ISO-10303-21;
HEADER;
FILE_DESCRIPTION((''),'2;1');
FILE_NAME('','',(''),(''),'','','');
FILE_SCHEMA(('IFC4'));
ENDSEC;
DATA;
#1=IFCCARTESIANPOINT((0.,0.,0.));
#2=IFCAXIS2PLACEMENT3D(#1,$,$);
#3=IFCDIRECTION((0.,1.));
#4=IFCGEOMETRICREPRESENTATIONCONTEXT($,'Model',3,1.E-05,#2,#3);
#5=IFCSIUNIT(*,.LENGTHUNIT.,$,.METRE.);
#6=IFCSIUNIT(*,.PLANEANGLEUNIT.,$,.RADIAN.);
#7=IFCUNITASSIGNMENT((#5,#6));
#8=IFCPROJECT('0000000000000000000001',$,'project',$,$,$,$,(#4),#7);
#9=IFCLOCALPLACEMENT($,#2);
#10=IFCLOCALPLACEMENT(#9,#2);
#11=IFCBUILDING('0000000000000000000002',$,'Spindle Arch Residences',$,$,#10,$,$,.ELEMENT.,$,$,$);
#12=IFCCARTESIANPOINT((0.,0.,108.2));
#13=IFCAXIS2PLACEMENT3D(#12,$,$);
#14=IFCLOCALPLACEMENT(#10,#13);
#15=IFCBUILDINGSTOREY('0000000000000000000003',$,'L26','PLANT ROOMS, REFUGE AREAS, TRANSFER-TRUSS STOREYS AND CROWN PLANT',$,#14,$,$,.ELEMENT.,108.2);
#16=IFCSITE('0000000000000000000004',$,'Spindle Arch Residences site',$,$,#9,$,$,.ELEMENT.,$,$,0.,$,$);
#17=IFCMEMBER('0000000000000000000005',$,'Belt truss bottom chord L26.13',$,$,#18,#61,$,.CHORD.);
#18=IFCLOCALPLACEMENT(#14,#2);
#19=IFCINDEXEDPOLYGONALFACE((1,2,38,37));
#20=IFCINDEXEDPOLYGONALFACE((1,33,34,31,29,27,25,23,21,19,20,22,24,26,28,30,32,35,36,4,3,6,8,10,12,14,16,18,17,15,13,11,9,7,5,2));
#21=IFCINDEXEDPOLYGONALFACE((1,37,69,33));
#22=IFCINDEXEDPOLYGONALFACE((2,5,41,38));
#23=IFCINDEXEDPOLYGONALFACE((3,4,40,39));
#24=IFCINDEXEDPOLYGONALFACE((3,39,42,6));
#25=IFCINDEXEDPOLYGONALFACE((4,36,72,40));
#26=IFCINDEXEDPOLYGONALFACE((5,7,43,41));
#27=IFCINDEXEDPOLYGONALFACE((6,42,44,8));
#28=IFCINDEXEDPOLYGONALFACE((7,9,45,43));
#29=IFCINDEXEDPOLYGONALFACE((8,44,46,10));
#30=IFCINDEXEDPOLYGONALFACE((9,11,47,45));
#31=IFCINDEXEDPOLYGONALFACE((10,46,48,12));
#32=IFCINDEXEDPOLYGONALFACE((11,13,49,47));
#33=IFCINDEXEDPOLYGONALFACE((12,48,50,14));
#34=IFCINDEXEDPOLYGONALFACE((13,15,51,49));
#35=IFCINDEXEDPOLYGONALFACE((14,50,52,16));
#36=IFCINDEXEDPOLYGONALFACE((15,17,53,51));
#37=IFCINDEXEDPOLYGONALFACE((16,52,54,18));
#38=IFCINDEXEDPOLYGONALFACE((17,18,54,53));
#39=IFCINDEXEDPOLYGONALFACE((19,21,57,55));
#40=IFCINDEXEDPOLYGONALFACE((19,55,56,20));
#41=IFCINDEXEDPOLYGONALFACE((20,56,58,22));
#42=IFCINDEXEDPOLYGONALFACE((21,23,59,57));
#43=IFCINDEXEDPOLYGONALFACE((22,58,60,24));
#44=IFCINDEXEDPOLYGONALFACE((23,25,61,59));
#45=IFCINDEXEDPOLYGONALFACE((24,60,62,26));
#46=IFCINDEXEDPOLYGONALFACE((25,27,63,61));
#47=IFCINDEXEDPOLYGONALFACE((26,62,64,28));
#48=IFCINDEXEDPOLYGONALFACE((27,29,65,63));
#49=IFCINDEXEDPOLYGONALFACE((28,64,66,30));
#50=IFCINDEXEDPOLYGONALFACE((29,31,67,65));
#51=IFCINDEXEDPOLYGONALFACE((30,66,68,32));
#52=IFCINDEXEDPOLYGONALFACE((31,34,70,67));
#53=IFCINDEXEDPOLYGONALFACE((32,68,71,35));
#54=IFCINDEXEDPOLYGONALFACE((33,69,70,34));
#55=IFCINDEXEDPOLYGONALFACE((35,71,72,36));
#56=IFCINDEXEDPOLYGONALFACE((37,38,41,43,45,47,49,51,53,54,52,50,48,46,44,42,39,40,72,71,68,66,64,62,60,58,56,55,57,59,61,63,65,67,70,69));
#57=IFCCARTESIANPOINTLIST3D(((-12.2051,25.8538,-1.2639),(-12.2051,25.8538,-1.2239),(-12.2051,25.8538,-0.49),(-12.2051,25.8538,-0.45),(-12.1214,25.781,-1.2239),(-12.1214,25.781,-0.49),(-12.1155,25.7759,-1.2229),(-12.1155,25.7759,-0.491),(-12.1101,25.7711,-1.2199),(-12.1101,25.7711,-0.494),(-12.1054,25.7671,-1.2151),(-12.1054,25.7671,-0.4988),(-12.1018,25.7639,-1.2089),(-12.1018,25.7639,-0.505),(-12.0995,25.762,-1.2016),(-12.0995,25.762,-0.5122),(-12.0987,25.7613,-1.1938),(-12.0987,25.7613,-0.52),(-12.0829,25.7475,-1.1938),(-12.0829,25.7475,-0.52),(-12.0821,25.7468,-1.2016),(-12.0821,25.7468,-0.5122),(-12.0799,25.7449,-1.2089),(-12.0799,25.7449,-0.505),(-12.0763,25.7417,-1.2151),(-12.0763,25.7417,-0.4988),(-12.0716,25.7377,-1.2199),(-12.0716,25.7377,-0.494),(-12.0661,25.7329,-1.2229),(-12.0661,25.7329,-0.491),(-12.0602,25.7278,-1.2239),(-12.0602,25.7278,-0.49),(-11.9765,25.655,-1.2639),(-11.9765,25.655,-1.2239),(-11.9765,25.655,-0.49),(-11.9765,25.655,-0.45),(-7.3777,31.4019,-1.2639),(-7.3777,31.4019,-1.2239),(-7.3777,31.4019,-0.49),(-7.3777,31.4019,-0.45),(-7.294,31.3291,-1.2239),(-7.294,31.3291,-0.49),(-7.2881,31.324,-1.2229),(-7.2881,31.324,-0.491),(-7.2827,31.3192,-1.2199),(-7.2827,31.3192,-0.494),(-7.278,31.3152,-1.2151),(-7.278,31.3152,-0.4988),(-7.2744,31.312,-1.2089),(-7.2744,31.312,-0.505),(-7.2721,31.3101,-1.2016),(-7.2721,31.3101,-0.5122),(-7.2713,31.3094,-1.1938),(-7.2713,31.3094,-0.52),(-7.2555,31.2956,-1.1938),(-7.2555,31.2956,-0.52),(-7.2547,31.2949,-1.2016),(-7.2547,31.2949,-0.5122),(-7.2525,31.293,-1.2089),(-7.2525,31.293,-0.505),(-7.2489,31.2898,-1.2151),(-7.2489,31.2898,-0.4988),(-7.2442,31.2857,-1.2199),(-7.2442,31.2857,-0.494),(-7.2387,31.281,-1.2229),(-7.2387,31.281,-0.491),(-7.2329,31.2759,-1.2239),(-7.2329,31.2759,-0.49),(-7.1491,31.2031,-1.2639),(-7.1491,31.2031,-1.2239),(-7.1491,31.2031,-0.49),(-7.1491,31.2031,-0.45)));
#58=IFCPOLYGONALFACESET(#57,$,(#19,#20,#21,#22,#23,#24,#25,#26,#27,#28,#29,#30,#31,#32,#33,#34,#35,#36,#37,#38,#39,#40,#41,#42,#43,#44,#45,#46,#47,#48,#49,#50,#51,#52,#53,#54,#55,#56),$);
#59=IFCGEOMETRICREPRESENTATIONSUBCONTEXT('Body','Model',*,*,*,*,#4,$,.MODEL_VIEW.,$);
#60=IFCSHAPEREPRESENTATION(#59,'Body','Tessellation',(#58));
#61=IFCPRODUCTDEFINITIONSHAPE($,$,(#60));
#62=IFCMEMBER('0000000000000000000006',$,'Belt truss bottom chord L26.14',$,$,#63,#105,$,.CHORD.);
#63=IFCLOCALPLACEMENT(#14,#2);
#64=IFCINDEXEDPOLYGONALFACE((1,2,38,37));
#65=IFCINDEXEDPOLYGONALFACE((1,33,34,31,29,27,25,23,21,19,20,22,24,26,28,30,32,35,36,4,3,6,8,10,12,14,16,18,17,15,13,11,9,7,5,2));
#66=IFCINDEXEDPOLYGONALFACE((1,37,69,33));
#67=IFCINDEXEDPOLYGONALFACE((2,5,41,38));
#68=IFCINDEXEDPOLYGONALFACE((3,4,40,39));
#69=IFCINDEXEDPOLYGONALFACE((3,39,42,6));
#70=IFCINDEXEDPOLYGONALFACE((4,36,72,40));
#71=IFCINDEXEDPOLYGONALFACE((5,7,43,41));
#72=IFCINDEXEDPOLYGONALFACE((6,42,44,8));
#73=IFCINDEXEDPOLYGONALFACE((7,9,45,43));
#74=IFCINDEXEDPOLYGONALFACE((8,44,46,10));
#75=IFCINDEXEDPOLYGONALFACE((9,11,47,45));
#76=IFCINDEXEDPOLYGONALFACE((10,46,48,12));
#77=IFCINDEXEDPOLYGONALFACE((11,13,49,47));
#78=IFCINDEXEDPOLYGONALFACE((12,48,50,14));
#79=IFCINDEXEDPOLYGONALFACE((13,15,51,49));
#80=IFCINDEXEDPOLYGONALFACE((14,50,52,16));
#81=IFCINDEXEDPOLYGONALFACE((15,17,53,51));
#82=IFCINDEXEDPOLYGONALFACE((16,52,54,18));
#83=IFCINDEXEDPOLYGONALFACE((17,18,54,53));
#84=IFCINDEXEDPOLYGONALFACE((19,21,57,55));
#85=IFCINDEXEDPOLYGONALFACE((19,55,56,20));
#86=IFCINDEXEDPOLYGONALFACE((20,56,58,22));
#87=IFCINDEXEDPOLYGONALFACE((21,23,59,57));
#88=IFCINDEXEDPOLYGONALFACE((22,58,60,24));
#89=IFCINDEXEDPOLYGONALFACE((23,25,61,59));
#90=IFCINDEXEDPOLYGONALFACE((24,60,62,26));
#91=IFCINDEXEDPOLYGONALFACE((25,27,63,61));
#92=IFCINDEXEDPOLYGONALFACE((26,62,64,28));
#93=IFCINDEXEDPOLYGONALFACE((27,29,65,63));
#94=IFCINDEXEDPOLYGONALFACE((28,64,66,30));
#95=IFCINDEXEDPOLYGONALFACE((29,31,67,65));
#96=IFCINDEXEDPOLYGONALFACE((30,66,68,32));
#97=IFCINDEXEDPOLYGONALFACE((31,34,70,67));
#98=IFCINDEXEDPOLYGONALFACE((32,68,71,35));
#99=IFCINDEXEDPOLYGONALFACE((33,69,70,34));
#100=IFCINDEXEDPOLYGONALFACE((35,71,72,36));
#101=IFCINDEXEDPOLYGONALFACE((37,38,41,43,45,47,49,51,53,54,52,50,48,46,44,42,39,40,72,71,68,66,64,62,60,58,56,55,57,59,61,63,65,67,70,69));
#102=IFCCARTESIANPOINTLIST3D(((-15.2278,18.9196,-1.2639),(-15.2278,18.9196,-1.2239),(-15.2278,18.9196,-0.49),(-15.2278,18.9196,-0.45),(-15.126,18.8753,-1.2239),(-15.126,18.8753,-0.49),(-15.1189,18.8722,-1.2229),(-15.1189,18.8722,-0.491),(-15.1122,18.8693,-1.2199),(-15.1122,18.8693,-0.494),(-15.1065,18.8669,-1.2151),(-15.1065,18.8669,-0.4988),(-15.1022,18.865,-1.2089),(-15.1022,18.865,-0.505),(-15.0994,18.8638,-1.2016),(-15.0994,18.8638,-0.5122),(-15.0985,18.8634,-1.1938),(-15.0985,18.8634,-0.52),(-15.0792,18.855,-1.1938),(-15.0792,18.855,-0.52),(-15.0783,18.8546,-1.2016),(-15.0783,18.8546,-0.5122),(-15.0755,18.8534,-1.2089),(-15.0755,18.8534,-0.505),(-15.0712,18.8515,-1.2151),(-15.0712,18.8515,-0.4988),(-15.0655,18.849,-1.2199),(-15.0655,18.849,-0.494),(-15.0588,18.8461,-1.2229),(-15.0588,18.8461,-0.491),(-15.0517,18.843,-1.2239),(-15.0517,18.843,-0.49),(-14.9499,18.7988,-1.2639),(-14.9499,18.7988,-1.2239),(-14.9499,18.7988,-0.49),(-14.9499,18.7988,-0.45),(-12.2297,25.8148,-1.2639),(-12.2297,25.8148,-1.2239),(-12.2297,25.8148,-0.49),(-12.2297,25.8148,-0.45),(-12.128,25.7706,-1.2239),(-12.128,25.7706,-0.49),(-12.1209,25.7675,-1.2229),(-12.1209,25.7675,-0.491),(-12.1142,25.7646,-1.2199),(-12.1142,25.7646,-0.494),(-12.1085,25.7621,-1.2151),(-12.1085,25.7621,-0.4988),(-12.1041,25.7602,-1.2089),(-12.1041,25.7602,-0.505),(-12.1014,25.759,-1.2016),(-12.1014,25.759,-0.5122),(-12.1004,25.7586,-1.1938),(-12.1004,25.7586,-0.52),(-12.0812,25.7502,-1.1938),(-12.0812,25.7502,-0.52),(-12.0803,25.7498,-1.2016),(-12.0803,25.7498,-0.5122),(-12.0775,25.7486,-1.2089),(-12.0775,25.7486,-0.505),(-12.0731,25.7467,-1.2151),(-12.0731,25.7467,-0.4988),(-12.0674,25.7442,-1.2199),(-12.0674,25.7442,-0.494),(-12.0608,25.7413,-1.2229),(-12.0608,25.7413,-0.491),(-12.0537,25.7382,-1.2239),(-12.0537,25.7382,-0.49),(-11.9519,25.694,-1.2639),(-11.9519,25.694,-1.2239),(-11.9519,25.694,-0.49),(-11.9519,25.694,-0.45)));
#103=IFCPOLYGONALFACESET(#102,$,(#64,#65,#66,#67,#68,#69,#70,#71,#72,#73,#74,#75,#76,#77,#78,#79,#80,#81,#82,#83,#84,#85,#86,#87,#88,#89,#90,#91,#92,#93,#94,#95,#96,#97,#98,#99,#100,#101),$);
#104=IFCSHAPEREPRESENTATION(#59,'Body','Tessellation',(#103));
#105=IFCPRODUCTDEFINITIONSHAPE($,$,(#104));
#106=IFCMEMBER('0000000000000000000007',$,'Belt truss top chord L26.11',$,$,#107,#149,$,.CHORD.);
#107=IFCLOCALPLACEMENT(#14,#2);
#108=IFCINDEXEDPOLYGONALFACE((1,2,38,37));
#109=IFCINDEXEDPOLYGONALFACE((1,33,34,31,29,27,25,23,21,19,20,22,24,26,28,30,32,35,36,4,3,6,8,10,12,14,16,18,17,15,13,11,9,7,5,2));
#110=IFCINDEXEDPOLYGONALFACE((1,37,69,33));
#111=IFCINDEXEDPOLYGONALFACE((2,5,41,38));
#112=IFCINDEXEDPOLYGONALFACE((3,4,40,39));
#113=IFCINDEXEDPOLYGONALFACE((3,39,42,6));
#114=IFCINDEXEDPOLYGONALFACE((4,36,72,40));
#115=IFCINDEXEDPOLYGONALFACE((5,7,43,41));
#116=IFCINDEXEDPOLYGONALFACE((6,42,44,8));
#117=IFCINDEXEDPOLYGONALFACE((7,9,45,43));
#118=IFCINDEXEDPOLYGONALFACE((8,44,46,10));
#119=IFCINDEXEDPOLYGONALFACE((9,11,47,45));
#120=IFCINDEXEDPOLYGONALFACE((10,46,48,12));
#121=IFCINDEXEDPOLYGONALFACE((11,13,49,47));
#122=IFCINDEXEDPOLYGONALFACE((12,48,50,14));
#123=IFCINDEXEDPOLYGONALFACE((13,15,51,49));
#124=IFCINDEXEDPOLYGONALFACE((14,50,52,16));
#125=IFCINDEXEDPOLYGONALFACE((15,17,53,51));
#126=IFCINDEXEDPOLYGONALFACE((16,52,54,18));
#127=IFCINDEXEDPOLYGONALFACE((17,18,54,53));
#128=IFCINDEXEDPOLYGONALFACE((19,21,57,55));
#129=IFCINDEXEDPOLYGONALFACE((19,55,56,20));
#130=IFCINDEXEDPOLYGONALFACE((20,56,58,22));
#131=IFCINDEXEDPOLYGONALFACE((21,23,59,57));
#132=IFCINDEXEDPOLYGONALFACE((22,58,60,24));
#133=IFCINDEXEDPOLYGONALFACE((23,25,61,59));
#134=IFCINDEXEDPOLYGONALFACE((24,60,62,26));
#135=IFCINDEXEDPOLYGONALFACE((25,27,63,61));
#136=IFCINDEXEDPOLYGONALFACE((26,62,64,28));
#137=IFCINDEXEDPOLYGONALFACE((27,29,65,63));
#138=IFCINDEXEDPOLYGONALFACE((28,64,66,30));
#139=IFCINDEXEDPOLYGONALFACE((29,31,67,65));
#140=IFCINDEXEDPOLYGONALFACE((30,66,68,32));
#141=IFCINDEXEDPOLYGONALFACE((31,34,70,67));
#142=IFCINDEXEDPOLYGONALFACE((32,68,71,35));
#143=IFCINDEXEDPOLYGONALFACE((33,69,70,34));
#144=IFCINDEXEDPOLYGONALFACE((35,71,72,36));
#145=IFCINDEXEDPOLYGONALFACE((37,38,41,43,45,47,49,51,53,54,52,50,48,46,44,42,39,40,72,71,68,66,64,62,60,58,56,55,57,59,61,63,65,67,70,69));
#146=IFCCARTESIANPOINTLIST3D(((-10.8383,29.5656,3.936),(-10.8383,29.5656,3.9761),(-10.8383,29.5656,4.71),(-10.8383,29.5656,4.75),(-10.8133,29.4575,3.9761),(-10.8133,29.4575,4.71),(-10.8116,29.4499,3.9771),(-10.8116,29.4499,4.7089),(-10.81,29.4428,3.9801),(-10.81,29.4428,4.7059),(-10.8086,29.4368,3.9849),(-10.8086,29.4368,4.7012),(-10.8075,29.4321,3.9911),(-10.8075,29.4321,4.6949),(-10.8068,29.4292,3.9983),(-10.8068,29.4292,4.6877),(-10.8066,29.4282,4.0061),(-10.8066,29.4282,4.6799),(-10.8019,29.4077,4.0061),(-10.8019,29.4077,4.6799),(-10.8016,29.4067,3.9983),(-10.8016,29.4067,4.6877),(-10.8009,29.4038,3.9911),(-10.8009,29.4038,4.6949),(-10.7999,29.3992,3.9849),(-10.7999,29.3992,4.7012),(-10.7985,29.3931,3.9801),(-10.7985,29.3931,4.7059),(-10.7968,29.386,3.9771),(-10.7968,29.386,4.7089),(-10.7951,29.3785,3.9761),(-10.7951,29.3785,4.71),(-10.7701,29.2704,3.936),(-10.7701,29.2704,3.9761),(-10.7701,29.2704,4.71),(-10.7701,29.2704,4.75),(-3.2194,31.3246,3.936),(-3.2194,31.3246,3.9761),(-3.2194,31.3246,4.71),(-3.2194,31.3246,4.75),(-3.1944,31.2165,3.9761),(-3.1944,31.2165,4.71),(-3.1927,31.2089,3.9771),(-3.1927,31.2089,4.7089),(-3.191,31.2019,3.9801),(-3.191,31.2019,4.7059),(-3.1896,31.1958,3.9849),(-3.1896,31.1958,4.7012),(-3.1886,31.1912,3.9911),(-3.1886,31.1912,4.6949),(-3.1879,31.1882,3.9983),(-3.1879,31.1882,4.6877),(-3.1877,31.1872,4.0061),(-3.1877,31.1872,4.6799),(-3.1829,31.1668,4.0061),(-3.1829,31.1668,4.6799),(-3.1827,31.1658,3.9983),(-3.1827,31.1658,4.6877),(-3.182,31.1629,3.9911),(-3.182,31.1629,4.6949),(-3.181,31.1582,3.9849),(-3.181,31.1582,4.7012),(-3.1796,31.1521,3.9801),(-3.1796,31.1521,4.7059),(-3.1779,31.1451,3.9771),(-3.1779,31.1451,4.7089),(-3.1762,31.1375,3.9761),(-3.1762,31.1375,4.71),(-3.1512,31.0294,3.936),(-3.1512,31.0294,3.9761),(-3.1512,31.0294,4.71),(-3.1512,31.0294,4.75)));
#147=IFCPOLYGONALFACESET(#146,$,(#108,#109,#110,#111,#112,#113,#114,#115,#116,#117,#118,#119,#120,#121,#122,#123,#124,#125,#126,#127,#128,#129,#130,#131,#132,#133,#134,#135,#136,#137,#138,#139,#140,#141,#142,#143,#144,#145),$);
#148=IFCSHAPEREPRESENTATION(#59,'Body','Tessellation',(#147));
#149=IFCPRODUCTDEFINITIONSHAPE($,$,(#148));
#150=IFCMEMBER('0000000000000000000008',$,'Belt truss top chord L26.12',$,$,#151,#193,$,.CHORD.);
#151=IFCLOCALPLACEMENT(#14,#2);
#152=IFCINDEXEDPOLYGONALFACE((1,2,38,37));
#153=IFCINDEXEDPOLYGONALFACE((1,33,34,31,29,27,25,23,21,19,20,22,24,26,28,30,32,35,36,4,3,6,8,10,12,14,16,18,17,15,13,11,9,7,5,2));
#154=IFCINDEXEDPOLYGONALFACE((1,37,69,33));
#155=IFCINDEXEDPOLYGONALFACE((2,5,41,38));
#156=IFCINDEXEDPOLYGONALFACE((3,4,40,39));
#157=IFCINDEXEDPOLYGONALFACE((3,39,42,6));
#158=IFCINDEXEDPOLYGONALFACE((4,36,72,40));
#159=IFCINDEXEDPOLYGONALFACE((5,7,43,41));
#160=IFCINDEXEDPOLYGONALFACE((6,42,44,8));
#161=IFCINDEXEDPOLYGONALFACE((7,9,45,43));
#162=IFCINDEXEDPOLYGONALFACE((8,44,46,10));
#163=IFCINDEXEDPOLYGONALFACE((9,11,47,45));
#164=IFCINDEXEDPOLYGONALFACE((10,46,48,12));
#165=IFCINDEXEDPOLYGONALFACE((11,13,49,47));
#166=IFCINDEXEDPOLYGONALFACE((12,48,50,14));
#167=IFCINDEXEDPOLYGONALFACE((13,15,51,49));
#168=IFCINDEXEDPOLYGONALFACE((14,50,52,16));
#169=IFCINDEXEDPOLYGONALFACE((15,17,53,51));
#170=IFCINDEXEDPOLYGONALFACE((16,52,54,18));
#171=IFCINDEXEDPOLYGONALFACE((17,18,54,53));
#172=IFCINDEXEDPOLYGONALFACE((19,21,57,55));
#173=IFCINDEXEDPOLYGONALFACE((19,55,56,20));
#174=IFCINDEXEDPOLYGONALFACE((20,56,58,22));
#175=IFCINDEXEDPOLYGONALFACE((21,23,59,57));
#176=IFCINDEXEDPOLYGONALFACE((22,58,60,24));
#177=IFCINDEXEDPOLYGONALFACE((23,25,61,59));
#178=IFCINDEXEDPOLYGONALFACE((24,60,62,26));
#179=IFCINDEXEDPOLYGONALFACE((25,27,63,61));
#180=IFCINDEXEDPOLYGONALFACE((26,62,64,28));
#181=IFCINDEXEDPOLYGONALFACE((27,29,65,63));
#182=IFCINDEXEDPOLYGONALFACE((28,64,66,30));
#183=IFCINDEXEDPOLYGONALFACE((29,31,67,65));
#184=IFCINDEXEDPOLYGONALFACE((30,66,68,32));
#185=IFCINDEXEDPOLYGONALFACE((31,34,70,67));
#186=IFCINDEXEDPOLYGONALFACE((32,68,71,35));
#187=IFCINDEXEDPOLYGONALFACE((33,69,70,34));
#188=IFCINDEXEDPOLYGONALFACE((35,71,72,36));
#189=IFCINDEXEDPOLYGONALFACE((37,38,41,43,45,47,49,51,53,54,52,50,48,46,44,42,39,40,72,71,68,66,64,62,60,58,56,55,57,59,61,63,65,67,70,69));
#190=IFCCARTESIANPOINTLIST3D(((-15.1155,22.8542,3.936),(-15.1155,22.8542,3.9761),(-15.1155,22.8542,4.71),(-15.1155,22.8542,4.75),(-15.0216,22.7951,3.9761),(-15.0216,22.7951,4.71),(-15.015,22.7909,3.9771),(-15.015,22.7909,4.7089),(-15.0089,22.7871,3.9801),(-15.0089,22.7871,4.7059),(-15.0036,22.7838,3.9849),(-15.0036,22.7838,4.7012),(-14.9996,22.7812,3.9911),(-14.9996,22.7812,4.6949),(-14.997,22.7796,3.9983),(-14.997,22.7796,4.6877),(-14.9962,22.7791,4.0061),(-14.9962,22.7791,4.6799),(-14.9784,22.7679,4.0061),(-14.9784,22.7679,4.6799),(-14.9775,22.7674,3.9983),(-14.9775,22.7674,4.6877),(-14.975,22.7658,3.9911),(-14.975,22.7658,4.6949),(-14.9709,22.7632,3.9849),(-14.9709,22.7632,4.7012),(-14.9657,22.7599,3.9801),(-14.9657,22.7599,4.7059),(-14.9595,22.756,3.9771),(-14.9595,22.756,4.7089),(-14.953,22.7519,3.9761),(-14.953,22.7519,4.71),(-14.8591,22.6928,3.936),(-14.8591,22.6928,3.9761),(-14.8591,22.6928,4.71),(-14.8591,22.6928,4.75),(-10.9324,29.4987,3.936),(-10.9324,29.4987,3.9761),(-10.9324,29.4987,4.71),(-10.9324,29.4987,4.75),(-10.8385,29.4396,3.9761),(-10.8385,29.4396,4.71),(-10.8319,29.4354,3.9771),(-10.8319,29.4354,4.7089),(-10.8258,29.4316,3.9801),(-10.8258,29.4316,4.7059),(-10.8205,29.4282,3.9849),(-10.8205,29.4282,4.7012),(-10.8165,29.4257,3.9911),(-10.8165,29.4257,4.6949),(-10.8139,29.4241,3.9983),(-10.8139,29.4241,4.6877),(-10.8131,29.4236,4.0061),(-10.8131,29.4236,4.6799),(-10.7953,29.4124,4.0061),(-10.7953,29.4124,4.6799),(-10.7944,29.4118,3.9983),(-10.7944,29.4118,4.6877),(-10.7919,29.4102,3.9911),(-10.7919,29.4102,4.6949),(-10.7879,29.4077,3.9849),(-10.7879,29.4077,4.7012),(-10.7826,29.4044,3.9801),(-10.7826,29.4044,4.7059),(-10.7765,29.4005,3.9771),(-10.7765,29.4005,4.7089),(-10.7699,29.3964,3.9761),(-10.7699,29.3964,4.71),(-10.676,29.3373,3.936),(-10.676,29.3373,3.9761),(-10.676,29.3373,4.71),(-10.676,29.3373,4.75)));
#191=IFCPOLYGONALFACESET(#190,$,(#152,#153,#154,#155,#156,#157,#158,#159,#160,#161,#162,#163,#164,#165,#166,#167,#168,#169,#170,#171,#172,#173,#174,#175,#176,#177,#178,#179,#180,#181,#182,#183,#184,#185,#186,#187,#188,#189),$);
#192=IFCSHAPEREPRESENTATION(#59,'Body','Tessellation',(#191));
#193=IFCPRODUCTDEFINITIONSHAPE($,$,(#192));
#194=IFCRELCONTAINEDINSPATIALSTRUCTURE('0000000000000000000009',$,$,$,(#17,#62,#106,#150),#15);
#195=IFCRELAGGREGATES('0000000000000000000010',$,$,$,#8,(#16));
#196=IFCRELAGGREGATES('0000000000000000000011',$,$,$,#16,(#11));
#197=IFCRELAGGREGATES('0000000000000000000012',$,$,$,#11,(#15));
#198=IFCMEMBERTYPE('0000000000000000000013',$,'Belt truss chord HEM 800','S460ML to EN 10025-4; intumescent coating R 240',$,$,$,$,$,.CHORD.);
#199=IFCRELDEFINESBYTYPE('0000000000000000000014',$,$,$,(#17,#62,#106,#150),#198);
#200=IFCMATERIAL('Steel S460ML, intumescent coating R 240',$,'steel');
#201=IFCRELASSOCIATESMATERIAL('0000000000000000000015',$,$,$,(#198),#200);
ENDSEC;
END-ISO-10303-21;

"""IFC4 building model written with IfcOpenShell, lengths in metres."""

from ifc_helpers import new_model, si_unit, direction, frame, origin, origin_2d, place, context, subcontext, project, spatial, i_section, extrude, material, material_profile, profile_set, type_object, element, save


model = new_model("IFC4")

# Units and contexts
model_context = context("Model", 3, precision=1e-05, world=origin(), true_north=direction((0.0, 1.0)))
body_context = subcontext(model_context, "Body", "Model", "MODEL_VIEW")
ifc_project = project(units=[si_unit("LENGTHUNIT", "METRE"), si_unit("PLANEANGLEUNIT", "RADIAN")], contexts=[model_context])

# Site, building, storey
site_placement = place(None, origin())
site = spatial("IfcSite", under=ifc_project, at=site_placement, Name="Spindle Arch Residences site", CompositionType="ELEMENT", RefElevation=0.0)
building_placement = place(site_placement, origin())
building = spatial("IfcBuilding", under=site, at=building_placement, Name="Spindle Arch Residences", CompositionType="ELEMENT")
storey_placement = place(building_placement, frame((0.0, 0.0, 108.2)))
storey = spatial("IfcBuildingStorey", under=building, at=storey_placement, Name="L26", Description="PLANT ROOMS, REFUGE AREAS, TRANSFER-TRUSS STOREYS AND CROWN PLANT", CompositionType="ELEMENT", Elevation=108.2)

# Members
ifc_material_1 = material(Name="Steel S460ML, intumescent coating R 240", Category="steel")
ifc_material_profile_1 = material_profile(ifc_material_1, i_section(OverallWidth=0.303, OverallDepth=0.814, WebThickness=0.021, FlangeThickness=0.04, FilletRadius=0.03, at=origin_2d()), Name="HEM 800")
ifc_profile_set_1 = profile_set([ifc_material_profile_1], Name="Steel S460ML, intumescent coating R 240")
member_type_1 = type_object("IfcMemberType", Name="Belt truss chord HEM 800", Description="S460ML to EN 10025-4; intumescent coating R 240", PredefinedType="CHORD", material=ifc_profile_set_1)
member_1_placement = place(storey_placement, frame((-7.2634, 31.3025, -0.8569), z_axis=(-0.656408, -0.754406, 0.0), x_axis=(0.754406, -0.656408, 0.0)))
element("IfcMember", 1, at=member_1_placement, inside=storey, type_object=member_type_1, Name="Belt truss bottom chord L26.13", PredefinedType="CHORD", context=body_context, shape_type="SweptSolid", body=[
    extrude(i_section(OverallWidth=0.303, OverallDepth=0.814, WebThickness=0.021, FlangeThickness=0.04, FilletRadius=0.03, at=origin_2d()), origin(), (0.0, 0.0, 1.0), 7.3542),
])
member_2_placement = place(storey_placement, frame((-12.0908, 25.7544, -0.8569), z_axis=(-0.398738, -0.917065, 0.0), x_axis=(0.917065, -0.398738, 0.0)))
element("IfcMember", 2, at=member_2_placement, inside=storey, type_object=member_type_1, Name="Belt truss bottom chord L26.14", PredefinedType="CHORD", context=body_context, shape_type="SweptSolid", body=[
    extrude(i_section(OverallWidth=0.303, OverallDepth=0.814, WebThickness=0.021, FlangeThickness=0.04, FilletRadius=0.03, at=origin_2d()), origin(), (0.0, 0.0, 1.0), 7.5188),
])
member_3_placement = place(storey_placement, frame((-3.1853, 31.177, 4.343), z_axis=(-0.974368, -0.22496, 0.0), x_axis=(0.22496, -0.974368, 0.0)))
element("IfcMember", 3, at=member_3_placement, inside=storey, type_object=member_type_1, Name="Belt truss top chord L26.11", PredefinedType="CHORD", context=body_context, shape_type="SweptSolid", body=[
    extrude(i_section(OverallWidth=0.303, OverallDepth=0.814, WebThickness=0.021, FlangeThickness=0.04, FilletRadius=0.03, at=origin_2d()), origin(), (0.0, 0.0, 1.0), 7.8193),
])
member_4_placement = place(storey_placement, frame((-10.8042, 29.418, 4.343), z_axis=(-0.532769, -0.846261, 0.0), x_axis=(0.846261, -0.532769, 0.0)))
element("IfcMember", 4, at=member_4_placement, inside=storey, type_object=member_type_1, Name="Belt truss top chord L26.12", PredefinedType="CHORD", context=body_context, shape_type="SweptSolid", body=[
    extrude(i_section(OverallWidth=0.303, OverallDepth=0.814, WebThickness=0.021, FlangeThickness=0.04, FilletRadius=0.03, at=origin_2d()), origin(), (0.0, 0.0, 1.0), 7.8516),
])

save(model, "model.ifc")
